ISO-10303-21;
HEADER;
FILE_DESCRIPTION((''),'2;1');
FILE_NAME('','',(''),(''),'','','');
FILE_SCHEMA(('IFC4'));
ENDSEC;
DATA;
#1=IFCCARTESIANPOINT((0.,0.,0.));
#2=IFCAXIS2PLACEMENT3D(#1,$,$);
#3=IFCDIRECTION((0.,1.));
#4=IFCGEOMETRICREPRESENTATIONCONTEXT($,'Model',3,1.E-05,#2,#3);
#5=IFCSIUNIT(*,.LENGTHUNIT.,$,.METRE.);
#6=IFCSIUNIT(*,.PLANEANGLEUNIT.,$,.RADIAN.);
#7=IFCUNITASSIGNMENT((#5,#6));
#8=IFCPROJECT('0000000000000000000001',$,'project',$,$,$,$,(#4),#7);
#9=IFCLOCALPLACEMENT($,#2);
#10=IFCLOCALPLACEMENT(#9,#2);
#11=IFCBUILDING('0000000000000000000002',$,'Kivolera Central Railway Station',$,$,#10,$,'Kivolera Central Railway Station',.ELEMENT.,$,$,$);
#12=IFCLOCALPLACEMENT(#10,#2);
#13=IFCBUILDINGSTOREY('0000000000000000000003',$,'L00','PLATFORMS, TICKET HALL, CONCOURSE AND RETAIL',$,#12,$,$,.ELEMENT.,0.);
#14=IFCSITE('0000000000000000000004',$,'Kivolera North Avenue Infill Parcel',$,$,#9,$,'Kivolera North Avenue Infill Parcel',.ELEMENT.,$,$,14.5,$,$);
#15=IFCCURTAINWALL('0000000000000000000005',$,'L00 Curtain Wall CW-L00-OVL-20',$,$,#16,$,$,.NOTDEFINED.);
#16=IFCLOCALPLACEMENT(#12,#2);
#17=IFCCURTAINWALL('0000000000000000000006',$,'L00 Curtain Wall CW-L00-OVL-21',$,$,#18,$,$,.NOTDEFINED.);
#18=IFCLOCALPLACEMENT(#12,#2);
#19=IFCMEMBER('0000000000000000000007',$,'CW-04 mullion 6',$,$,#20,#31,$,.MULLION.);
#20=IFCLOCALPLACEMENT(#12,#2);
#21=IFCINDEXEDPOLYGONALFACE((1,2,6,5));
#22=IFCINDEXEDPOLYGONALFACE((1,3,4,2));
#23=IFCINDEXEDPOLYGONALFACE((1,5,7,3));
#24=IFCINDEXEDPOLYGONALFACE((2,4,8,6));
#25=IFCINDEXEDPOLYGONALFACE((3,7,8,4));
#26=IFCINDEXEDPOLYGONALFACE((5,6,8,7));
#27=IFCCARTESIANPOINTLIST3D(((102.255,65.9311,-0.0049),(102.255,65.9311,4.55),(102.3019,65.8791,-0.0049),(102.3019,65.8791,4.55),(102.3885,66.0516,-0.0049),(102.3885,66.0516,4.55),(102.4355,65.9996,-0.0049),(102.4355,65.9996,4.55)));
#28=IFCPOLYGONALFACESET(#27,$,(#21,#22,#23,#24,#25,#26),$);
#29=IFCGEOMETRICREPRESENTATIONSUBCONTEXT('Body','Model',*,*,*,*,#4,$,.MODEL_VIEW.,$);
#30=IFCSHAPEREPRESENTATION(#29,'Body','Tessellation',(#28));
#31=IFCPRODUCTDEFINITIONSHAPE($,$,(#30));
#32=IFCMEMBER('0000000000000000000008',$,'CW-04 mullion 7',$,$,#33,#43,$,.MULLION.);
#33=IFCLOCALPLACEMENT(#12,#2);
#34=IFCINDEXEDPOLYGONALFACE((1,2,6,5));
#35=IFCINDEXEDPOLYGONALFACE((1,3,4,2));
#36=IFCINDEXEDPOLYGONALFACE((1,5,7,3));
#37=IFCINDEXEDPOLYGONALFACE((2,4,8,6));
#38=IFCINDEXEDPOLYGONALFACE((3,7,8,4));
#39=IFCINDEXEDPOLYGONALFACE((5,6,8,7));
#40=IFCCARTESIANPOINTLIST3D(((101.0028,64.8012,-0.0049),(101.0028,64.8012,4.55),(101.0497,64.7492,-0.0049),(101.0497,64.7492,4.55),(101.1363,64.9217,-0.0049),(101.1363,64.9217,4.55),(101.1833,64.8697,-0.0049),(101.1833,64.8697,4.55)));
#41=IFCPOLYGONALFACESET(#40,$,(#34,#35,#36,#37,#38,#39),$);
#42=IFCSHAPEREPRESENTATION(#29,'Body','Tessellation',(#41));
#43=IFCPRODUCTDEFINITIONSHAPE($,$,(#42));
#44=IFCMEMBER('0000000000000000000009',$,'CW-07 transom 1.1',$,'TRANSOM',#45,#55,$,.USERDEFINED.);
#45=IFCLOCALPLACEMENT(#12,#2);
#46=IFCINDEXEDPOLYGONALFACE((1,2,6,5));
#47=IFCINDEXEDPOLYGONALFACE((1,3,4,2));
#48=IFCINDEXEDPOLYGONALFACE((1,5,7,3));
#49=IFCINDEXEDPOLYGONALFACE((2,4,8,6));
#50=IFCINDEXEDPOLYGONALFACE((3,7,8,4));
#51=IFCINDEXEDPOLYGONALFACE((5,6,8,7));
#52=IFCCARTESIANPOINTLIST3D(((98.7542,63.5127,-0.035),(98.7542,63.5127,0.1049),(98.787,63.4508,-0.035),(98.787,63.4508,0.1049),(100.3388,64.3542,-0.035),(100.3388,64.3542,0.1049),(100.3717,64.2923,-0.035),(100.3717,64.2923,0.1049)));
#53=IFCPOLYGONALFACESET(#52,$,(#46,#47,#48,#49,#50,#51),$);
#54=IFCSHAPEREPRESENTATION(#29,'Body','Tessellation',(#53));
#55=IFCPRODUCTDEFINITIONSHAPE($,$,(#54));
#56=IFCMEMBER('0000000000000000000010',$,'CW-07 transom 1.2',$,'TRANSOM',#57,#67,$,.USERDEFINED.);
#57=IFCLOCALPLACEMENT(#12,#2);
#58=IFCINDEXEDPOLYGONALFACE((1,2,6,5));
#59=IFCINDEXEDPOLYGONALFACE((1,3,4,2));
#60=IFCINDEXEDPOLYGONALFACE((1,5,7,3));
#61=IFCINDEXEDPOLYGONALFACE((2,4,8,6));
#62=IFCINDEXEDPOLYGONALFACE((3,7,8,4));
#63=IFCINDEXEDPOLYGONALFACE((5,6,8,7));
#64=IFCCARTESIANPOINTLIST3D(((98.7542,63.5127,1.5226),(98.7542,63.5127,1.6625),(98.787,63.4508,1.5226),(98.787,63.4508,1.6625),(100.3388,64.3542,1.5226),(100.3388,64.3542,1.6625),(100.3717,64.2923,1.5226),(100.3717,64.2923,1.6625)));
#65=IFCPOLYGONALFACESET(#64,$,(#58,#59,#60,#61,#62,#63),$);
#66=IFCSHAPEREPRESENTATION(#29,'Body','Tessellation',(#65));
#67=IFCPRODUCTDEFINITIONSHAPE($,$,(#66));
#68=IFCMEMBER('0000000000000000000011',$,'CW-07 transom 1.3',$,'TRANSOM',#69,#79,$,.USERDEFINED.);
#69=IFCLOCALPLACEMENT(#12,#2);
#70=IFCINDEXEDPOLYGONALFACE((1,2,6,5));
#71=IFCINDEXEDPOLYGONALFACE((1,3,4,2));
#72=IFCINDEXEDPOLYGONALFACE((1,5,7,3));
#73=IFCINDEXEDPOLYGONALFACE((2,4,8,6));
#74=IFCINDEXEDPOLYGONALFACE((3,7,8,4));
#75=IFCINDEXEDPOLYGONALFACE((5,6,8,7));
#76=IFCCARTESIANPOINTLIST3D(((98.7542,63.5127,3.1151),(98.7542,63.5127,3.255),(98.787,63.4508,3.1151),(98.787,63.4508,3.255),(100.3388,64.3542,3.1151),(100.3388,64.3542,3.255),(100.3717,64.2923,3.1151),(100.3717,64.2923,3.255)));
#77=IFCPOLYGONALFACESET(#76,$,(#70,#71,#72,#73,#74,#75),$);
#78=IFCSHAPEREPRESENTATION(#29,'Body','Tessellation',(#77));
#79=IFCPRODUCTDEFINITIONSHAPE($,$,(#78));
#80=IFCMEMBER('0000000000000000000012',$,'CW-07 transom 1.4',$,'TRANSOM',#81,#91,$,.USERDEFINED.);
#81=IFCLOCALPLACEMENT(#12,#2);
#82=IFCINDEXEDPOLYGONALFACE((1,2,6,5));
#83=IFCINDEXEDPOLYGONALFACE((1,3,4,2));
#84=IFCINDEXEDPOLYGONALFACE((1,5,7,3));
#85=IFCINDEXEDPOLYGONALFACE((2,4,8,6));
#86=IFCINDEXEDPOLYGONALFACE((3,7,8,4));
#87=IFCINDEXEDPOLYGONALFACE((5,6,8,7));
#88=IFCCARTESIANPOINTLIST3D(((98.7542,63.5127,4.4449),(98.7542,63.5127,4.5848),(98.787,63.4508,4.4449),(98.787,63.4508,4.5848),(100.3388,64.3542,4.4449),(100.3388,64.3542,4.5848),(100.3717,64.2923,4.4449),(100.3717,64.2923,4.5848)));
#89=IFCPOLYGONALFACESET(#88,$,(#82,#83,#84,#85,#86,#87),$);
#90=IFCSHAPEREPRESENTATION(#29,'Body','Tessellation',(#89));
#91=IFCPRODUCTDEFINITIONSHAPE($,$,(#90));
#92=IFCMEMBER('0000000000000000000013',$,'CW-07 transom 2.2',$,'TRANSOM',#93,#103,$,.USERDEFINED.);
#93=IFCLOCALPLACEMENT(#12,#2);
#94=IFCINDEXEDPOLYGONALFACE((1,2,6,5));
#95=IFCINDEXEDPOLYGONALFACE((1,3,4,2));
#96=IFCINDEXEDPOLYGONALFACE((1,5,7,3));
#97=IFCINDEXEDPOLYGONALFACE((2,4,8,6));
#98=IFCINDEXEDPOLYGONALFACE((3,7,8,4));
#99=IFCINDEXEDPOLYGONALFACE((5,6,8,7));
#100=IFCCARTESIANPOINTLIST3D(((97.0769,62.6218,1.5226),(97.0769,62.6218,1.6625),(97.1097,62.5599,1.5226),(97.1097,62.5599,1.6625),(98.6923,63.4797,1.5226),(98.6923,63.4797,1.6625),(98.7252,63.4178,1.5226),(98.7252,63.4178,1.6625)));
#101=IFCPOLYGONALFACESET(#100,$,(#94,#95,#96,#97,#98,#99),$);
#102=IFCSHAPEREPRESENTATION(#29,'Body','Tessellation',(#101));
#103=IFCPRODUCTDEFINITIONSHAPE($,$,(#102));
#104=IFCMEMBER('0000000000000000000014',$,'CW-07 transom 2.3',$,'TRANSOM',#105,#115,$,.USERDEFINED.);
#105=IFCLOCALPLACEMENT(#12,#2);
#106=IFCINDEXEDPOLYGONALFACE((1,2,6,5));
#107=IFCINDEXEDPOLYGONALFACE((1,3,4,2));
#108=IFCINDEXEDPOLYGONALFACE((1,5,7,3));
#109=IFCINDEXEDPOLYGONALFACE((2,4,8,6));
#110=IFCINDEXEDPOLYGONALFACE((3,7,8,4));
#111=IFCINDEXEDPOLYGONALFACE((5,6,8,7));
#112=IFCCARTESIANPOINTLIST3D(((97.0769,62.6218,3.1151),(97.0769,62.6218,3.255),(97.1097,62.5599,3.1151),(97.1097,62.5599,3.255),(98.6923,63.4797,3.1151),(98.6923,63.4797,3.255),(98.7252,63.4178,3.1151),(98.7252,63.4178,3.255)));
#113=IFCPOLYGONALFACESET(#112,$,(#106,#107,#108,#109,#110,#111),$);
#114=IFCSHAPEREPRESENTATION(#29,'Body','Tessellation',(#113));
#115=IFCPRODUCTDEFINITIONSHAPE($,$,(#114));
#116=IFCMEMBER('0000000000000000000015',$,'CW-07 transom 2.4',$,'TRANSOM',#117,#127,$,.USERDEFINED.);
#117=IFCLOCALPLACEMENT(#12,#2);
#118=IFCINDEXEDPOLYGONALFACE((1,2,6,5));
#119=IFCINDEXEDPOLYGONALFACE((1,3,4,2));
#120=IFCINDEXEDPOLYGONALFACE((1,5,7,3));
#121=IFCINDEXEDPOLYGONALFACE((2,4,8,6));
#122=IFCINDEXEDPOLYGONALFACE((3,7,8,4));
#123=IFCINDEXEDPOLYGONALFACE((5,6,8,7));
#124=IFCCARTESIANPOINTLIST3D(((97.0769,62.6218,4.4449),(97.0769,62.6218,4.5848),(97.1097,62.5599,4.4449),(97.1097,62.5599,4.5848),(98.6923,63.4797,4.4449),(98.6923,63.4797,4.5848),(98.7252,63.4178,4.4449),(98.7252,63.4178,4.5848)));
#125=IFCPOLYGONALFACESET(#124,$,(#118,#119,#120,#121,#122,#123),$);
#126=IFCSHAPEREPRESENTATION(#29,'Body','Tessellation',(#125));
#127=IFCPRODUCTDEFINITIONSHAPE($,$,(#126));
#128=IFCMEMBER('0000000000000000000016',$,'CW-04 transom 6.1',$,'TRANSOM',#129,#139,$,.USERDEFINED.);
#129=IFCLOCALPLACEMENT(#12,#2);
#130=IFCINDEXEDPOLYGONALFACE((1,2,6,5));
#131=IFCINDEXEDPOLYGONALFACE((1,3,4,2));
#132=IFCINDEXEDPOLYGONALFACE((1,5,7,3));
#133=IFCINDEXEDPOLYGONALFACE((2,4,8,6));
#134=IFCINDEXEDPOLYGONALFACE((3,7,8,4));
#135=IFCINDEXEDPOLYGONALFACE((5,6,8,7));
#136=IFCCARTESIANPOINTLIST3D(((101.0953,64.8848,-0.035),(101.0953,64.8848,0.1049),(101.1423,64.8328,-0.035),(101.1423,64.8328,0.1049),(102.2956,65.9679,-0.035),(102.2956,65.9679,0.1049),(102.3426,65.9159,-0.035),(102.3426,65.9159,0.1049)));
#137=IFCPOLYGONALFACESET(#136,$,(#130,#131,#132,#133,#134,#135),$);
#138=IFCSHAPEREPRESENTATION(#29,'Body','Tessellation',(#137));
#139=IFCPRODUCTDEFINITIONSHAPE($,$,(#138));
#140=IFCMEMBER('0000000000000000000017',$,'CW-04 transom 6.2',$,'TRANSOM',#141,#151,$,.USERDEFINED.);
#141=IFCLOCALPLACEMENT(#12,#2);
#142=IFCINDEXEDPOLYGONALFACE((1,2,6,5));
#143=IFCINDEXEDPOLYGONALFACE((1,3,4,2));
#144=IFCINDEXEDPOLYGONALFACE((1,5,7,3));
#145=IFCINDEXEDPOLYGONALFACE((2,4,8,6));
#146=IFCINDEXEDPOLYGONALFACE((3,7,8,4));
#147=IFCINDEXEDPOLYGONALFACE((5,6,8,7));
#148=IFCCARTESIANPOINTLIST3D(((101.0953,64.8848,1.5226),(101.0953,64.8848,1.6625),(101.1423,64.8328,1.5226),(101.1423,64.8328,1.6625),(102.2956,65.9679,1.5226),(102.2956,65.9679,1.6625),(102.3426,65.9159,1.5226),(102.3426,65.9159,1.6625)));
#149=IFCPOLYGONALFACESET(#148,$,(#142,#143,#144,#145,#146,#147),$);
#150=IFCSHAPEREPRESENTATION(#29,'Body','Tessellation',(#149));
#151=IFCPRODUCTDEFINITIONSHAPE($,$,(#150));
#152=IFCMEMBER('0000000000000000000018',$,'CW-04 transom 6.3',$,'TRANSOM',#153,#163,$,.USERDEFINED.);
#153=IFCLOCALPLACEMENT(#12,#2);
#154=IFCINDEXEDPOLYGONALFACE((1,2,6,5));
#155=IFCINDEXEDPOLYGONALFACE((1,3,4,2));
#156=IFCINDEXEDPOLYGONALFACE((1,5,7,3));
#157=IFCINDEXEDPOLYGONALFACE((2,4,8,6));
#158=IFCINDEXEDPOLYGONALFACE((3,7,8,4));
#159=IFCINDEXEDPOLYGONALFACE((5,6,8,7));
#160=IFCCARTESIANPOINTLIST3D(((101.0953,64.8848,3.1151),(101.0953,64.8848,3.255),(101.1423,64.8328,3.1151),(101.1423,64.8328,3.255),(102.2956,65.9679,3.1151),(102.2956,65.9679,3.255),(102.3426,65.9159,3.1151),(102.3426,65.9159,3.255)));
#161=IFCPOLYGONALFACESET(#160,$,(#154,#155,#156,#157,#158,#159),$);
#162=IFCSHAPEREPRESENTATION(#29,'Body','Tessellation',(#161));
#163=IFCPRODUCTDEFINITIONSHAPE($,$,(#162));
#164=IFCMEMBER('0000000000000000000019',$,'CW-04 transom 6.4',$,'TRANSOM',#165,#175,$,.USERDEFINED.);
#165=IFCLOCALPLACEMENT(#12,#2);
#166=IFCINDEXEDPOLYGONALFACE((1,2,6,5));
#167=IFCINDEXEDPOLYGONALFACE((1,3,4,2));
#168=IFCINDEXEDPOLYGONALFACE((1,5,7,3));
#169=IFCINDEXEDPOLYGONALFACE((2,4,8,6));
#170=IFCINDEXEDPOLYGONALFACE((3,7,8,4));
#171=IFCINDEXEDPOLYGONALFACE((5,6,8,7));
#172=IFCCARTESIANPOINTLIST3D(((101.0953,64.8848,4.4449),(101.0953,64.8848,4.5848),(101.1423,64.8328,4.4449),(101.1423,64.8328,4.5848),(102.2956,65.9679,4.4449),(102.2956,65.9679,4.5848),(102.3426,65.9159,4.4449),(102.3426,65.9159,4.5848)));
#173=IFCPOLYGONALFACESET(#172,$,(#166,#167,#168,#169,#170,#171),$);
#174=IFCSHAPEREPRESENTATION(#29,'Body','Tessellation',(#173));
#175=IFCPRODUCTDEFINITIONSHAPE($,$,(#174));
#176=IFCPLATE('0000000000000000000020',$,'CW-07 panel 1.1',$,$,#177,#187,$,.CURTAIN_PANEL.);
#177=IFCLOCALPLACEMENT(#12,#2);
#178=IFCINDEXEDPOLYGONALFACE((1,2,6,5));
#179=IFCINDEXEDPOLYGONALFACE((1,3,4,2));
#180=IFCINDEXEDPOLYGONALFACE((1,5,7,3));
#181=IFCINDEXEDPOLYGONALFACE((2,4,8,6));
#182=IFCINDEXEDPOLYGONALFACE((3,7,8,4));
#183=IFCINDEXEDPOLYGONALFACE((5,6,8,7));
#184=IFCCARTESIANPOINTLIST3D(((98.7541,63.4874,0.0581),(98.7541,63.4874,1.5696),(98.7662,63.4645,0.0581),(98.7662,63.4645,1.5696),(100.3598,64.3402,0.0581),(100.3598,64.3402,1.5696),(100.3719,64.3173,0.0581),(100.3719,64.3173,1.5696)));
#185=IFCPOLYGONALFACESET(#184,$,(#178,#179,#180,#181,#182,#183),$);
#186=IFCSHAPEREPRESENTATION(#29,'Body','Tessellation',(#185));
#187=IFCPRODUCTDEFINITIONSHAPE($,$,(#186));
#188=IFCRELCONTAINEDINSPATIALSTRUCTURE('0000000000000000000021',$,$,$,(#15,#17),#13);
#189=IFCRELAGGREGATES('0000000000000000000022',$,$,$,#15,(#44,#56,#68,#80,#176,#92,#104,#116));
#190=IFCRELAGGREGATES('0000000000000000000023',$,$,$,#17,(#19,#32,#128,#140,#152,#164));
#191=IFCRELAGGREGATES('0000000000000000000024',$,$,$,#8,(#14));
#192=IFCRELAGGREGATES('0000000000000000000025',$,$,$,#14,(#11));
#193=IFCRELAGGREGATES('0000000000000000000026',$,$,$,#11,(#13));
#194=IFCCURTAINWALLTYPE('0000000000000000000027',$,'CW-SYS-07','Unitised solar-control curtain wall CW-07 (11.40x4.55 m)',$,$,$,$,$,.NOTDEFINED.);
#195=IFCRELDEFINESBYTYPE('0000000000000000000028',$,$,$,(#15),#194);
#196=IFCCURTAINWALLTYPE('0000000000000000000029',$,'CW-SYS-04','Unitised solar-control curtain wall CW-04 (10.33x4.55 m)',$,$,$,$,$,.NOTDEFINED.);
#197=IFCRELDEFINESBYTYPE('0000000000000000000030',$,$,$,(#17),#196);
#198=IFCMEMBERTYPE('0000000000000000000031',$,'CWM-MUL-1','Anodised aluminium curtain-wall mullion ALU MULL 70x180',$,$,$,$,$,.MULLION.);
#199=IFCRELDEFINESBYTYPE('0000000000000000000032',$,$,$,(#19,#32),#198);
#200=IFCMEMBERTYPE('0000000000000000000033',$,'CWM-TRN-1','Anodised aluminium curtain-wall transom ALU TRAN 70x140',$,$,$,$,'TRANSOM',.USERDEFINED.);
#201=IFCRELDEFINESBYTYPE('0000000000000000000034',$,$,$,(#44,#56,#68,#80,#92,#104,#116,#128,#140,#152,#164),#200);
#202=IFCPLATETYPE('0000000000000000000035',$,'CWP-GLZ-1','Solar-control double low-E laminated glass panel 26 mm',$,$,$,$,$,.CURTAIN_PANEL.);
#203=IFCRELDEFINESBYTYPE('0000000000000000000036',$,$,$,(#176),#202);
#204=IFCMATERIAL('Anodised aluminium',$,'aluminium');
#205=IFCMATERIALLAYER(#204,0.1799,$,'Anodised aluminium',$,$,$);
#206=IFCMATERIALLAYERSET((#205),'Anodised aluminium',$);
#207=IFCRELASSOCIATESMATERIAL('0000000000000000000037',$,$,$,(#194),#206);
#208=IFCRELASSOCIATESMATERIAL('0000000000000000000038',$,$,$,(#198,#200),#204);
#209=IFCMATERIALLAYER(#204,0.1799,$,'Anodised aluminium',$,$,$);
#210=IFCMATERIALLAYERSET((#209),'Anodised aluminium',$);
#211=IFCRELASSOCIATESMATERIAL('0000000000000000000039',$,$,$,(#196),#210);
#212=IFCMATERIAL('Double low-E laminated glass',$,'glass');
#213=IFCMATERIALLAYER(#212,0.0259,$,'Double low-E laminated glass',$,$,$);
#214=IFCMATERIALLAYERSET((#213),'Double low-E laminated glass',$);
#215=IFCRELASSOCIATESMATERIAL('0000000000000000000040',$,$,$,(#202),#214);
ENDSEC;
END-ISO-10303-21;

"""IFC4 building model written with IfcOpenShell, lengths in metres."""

from ifc_helpers import new_model, si_unit, direction, frame, origin, origin_2d, place, context, subcontext, project, spatial, rectangle, extrude, material, layer, layer_set, material_profile, profile_set, type_object, element, aggregate, save


model = new_model("IFC4")

# Units and contexts
model_context = context("Model", 3, precision=1e-05, world=origin(), true_north=direction((0.0, 1.0)))
body_context = subcontext(model_context, "Body", "Model", "MODEL_VIEW")
ifc_project = project(units=[si_unit("LENGTHUNIT", "METRE"), si_unit("PLANEANGLEUNIT", "RADIAN")], contexts=[model_context])

# Site, building, storey
site_placement = place(None, origin())
site = spatial("IfcSite", under=ifc_project, at=site_placement, Name="Kivolera North Avenue Infill Parcel", LongName="Kivolera North Avenue Infill Parcel", CompositionType="ELEMENT", RefElevation=14.5)
building_placement = place(site_placement, origin())
building = spatial("IfcBuilding", under=site, at=building_placement, Name="Kivolera Central Railway Station", LongName="Kivolera Central Railway Station", CompositionType="ELEMENT")
storey_placement = place(building_placement, origin())
storey = spatial("IfcBuildingStorey", under=building, at=storey_placement, Name="L00", Description="PLATFORMS, TICKET HALL, CONCOURSE AND RETAIL", CompositionType="ELEMENT", Elevation=0.0)

# Curtain walls, members
ifc_material_1 = material(Name="Anodised aluminium", Category="aluminium")
ifc_layer_1 = layer(ifc_material_1, 0.1799, Name="Anodised aluminium")
ifc_layer_set_1 = layer_set([ifc_layer_1], Name="Anodised aluminium")
curtain_wall_type_1 = type_object("IfcCurtainWallType", Name="CW-SYS-07", Description="Unitised solar-control curtain wall CW-07 (11.40x4.55 m)", PredefinedType="NOTDEFINED", material=ifc_layer_set_1)
curtain_wall_1_placement = place(storey_placement, origin())
curtain_wall_1 = element("IfcCurtainWall", 1, at=curtain_wall_1_placement, inside=storey, type_object=curtain_wall_type_1, Name="L00 Curtain Wall CW-L00-OVL-20", PredefinedType="NOTDEFINED")
ifc_material_profile_1 = material_profile(ifc_material_1, rectangle(XDim=0.0701, YDim=0.1799, at=origin_2d()), Name="ALU MULL 70x180")
ifc_profile_set_1 = profile_set([ifc_material_profile_1], Name="Anodised aluminium")
member_type_1 = type_object("IfcMemberType", Name="CWM-MUL-1", Description="Anodised aluminium curtain-wall mullion ALU MULL 70x180", PredefinedType="MULLION", material=ifc_profile_set_1)
ifc_layer_2 = layer(ifc_material_1, 0.1799, Name="Anodised aluminium")
ifc_layer_set_2 = layer_set([ifc_layer_2], Name="Anodised aluminium")
curtain_wall_type_2 = type_object("IfcCurtainWallType", Name="CW-SYS-04", Description="Unitised solar-control curtain wall CW-04 (10.33x4.55 m)", PredefinedType="NOTDEFINED", material=ifc_layer_set_2)
curtain_wall_2_placement = place(storey_placement, origin())
curtain_wall_2 = element("IfcCurtainWall", 2, at=curtain_wall_2_placement, inside=storey, type_object=curtain_wall_type_2, Name="L00 Curtain Wall CW-L00-OVL-21", PredefinedType="NOTDEFINED")
member_1_placement = place(storey_placement, frame((102.3452, 65.9653, -0.0049), z_axis=(0.0, 0.0, 1.0), x_axis=(0.669922, -0.742432, 0.0)))
member_1 = element("IfcMember", 3, at=member_1_placement, type_object=member_type_1, Name="CW-04 mullion 6", PredefinedType="MULLION", context=body_context, shape_type="SweptSolid", body=[
    extrude(rectangle(XDim=0.0701, YDim=0.1799, at=origin_2d()), origin(), (0.0, 0.0, 1.0), 4.5549),
])
member_2_placement = place(storey_placement, frame((101.093, 64.8354, -0.0049), z_axis=(0.0, 0.0, 1.0), x_axis=(0.669922, -0.742432, 0.0)))
member_2 = element("IfcMember", 4, at=member_2_placement, type_object=member_type_1, Name="CW-04 mullion 7", PredefinedType="MULLION", context=body_context, shape_type="SweptSolid", body=[
    extrude(rectangle(XDim=0.0701, YDim=0.1799, at=origin_2d()), origin(), (0.0, 0.0, 1.0), 4.5549),
])

# Members
ifc_material_profile_2 = material_profile(ifc_material_1, rectangle(XDim=0.0701, YDim=0.1399, at=origin_2d()), Name="ALU TRAN 70x140")
ifc_profile_set_2 = profile_set([ifc_material_profile_2], Name="Anodised aluminium")
member_type_2 = type_object("IfcMemberType", Name="CWM-TRN-1", Description="Anodised aluminium curtain-wall transom ALU TRAN 70x140", ElementType="TRANSOM", PredefinedType="USERDEFINED", material=ifc_profile_set_2)
member_3_placement = place(storey_placement, frame((100.3552, 64.3232, 0.0349), z_axis=(-0.883191, -0.469013, 0.0), x_axis=(0.469013, -0.883191, 0.0)))
member_3 = element("IfcMember", 5, at=member_3_placement, type_object=member_type_2, Name="CW-07 transom 1.1", ObjectType="TRANSOM", PredefinedType="USERDEFINED", context=body_context, shape_type="SweptSolid", body=[
    extrude(rectangle(XDim=0.0701, YDim=0.1399, at=origin_2d()), origin(), (0.0, 0.0, 1.0), 1.7942),
])
member_4_placement = place(storey_placement, frame((100.3552, 64.3232, 1.5925), z_axis=(-0.883191, -0.469013, 0.0), x_axis=(0.469013, -0.883191, 0.0)))
member_4 = element("IfcMember", 6, at=member_4_placement, type_object=member_type_2, Name="CW-07 transom 1.2", ObjectType="TRANSOM", PredefinedType="USERDEFINED", context=body_context, shape_type="SweptSolid", body=[
    extrude(rectangle(XDim=0.0701, YDim=0.1399, at=origin_2d()), origin(), (0.0, 0.0, 1.0), 1.7942),
])
member_5_placement = place(storey_placement, frame((100.3552, 64.3232, 3.1851), z_axis=(-0.883191, -0.469013, 0.0), x_axis=(0.469013, -0.883191, 0.0)))
member_5 = element("IfcMember", 7, at=member_5_placement, type_object=member_type_2, Name="CW-07 transom 1.3", ObjectType="TRANSOM", PredefinedType="USERDEFINED", context=body_context, shape_type="SweptSolid", body=[
    extrude(rectangle(XDim=0.0701, YDim=0.1399, at=origin_2d()), origin(), (0.0, 0.0, 1.0), 1.7942),
])
member_6_placement = place(storey_placement, frame((100.3552, 64.3232, 4.5149), z_axis=(-0.883191, -0.469013, 0.0), x_axis=(0.469013, -0.883191, 0.0)))
member_6 = element("IfcMember", 8, at=member_6_placement, type_object=member_type_2, Name="CW-07 transom 1.4", ObjectType="TRANSOM", PredefinedType="USERDEFINED", context=body_context, shape_type="SweptSolid", body=[
    extrude(rectangle(XDim=0.0701, YDim=0.1399, at=origin_2d()), origin(), (0.0, 0.0, 1.0), 1.7942),
])
member_7_placement = place(storey_placement, frame((98.7087, 63.4487, 1.5925), z_axis=(-0.883187, -0.469022, 0.0), x_axis=(0.469022, -0.883187, 0.0)))
member_7 = element("IfcMember", 9, at=member_7_placement, type_object=member_type_2, Name="CW-07 transom 2.2", ObjectType="TRANSOM", PredefinedType="USERDEFINED", context=body_context, shape_type="SweptSolid", body=[
    extrude(rectangle(XDim=0.0701, YDim=0.1399, at=origin_2d()), origin(), (0.0, 0.0, 1.0), 1.8291),
])
member_8_placement = place(storey_placement, frame((98.7087, 63.4487, 3.1851), z_axis=(-0.883187, -0.469022, 0.0), x_axis=(0.469022, -0.883187, 0.0)))
member_8 = element("IfcMember", 10, at=member_8_placement, type_object=member_type_2, Name="CW-07 transom 2.3", ObjectType="TRANSOM", PredefinedType="USERDEFINED", context=body_context, shape_type="SweptSolid", body=[
    extrude(rectangle(XDim=0.0701, YDim=0.1399, at=origin_2d()), origin(), (0.0, 0.0, 1.0), 1.8291),
])
member_9_placement = place(storey_placement, frame((98.7087, 63.4487, 4.5149), z_axis=(-0.883187, -0.469022, 0.0), x_axis=(0.469022, -0.883187, 0.0)))
member_9 = element("IfcMember", 11, at=member_9_placement, type_object=member_type_2, Name="CW-07 transom 2.4", ObjectType="TRANSOM", PredefinedType="USERDEFINED", context=body_context, shape_type="SweptSolid", body=[
    extrude(rectangle(XDim=0.0701, YDim=0.1399, at=origin_2d()), origin(), (0.0, 0.0, 1.0), 1.8291),
])
member_10_placement = place(storey_placement, frame((102.3191, 65.9419, 0.0349), z_axis=(-0.742422, -0.669932, 0.0), x_axis=(0.669932, -0.742422, 0.0)))
member_10 = element("IfcMember", 12, at=member_10_placement, type_object=member_type_2, Name="CW-04 transom 6.1", ObjectType="TRANSOM", PredefinedType="USERDEFINED", context=body_context, shape_type="SweptSolid", body=[
    extrude(rectangle(XDim=0.0701, YDim=0.1399, at=origin_2d()), origin(), (0.0, 0.0, 1.0), 1.6167),
])
member_11_placement = place(storey_placement, frame((102.3191, 65.9419, 1.5925), z_axis=(-0.742422, -0.669932, 0.0), x_axis=(0.669932, -0.742422, 0.0)))
member_11 = element("IfcMember", 13, at=member_11_placement, type_object=member_type_2, Name="CW-04 transom 6.2", ObjectType="TRANSOM", PredefinedType="USERDEFINED", context=body_context, shape_type="SweptSolid", body=[
    extrude(rectangle(XDim=0.0701, YDim=0.1399, at=origin_2d()), origin(), (0.0, 0.0, 1.0), 1.6167),
])
member_12_placement = place(storey_placement, frame((102.3191, 65.9419, 3.1851), z_axis=(-0.742422, -0.669932, 0.0), x_axis=(0.669932, -0.742422, 0.0)))
member_12 = element("IfcMember", 14, at=member_12_placement, type_object=member_type_2, Name="CW-04 transom 6.3", ObjectType="TRANSOM", PredefinedType="USERDEFINED", context=body_context, shape_type="SweptSolid", body=[
    extrude(rectangle(XDim=0.0701, YDim=0.1399, at=origin_2d()), origin(), (0.0, 0.0, 1.0), 1.6167),
])
member_13_placement = place(storey_placement, frame((102.3191, 65.9419, 4.5149), z_axis=(-0.742422, -0.669932, 0.0), x_axis=(0.669932, -0.742422, 0.0)))
member_13 = element("IfcMember", 15, at=member_13_placement, type_object=member_type_2, Name="CW-04 transom 6.4", ObjectType="TRANSOM", PredefinedType="USERDEFINED", context=body_context, shape_type="SweptSolid", body=[
    extrude(rectangle(XDim=0.0701, YDim=0.1399, at=origin_2d()), origin(), (0.0, 0.0, 1.0), 1.6167),
])

# Plate
ifc_material_2 = material(Name="Double low-E laminated glass", Category="glass")
ifc_layer_3 = layer(ifc_material_2, 0.0259, Name="Double low-E laminated glass")
ifc_layer_set_3 = layer_set([ifc_layer_3], Name="Double low-E laminated glass")
plate_type_1 = type_object("IfcPlateType", Name="CWP-GLZ-1", Description="Solar-control double low-E laminated glass panel 26 mm", PredefinedType="CURTAIN_PANEL", material=ifc_layer_set_3)
plate_1_placement = place(storey_placement, frame((99.563, 63.9023, 0.0581), z_axis=(0.0, 0.0, 1.0), x_axis=(-0.88317, -0.469053, 0.0)))
plate_1 = element("IfcPlate", 16, at=plate_1_placement, type_object=plate_type_1, Name="CW-07 panel 1.1", PredefinedType="CURTAIN_PANEL", context=body_context, shape_type="SweptSolid", body=[
    extrude(rectangle(XDim=1.8181, YDim=0.0259, at=origin_2d()), origin(), (0.0, 0.0, 1.0), 1.5115),
])
aggregate(curtain_wall_1, [member_3, member_4, member_5, member_6, plate_1, member_7, member_8, member_9])
aggregate(curtain_wall_2, [member_1, member_2, member_10, member_11, member_12, member_13])

save(model, "model.ifc")
